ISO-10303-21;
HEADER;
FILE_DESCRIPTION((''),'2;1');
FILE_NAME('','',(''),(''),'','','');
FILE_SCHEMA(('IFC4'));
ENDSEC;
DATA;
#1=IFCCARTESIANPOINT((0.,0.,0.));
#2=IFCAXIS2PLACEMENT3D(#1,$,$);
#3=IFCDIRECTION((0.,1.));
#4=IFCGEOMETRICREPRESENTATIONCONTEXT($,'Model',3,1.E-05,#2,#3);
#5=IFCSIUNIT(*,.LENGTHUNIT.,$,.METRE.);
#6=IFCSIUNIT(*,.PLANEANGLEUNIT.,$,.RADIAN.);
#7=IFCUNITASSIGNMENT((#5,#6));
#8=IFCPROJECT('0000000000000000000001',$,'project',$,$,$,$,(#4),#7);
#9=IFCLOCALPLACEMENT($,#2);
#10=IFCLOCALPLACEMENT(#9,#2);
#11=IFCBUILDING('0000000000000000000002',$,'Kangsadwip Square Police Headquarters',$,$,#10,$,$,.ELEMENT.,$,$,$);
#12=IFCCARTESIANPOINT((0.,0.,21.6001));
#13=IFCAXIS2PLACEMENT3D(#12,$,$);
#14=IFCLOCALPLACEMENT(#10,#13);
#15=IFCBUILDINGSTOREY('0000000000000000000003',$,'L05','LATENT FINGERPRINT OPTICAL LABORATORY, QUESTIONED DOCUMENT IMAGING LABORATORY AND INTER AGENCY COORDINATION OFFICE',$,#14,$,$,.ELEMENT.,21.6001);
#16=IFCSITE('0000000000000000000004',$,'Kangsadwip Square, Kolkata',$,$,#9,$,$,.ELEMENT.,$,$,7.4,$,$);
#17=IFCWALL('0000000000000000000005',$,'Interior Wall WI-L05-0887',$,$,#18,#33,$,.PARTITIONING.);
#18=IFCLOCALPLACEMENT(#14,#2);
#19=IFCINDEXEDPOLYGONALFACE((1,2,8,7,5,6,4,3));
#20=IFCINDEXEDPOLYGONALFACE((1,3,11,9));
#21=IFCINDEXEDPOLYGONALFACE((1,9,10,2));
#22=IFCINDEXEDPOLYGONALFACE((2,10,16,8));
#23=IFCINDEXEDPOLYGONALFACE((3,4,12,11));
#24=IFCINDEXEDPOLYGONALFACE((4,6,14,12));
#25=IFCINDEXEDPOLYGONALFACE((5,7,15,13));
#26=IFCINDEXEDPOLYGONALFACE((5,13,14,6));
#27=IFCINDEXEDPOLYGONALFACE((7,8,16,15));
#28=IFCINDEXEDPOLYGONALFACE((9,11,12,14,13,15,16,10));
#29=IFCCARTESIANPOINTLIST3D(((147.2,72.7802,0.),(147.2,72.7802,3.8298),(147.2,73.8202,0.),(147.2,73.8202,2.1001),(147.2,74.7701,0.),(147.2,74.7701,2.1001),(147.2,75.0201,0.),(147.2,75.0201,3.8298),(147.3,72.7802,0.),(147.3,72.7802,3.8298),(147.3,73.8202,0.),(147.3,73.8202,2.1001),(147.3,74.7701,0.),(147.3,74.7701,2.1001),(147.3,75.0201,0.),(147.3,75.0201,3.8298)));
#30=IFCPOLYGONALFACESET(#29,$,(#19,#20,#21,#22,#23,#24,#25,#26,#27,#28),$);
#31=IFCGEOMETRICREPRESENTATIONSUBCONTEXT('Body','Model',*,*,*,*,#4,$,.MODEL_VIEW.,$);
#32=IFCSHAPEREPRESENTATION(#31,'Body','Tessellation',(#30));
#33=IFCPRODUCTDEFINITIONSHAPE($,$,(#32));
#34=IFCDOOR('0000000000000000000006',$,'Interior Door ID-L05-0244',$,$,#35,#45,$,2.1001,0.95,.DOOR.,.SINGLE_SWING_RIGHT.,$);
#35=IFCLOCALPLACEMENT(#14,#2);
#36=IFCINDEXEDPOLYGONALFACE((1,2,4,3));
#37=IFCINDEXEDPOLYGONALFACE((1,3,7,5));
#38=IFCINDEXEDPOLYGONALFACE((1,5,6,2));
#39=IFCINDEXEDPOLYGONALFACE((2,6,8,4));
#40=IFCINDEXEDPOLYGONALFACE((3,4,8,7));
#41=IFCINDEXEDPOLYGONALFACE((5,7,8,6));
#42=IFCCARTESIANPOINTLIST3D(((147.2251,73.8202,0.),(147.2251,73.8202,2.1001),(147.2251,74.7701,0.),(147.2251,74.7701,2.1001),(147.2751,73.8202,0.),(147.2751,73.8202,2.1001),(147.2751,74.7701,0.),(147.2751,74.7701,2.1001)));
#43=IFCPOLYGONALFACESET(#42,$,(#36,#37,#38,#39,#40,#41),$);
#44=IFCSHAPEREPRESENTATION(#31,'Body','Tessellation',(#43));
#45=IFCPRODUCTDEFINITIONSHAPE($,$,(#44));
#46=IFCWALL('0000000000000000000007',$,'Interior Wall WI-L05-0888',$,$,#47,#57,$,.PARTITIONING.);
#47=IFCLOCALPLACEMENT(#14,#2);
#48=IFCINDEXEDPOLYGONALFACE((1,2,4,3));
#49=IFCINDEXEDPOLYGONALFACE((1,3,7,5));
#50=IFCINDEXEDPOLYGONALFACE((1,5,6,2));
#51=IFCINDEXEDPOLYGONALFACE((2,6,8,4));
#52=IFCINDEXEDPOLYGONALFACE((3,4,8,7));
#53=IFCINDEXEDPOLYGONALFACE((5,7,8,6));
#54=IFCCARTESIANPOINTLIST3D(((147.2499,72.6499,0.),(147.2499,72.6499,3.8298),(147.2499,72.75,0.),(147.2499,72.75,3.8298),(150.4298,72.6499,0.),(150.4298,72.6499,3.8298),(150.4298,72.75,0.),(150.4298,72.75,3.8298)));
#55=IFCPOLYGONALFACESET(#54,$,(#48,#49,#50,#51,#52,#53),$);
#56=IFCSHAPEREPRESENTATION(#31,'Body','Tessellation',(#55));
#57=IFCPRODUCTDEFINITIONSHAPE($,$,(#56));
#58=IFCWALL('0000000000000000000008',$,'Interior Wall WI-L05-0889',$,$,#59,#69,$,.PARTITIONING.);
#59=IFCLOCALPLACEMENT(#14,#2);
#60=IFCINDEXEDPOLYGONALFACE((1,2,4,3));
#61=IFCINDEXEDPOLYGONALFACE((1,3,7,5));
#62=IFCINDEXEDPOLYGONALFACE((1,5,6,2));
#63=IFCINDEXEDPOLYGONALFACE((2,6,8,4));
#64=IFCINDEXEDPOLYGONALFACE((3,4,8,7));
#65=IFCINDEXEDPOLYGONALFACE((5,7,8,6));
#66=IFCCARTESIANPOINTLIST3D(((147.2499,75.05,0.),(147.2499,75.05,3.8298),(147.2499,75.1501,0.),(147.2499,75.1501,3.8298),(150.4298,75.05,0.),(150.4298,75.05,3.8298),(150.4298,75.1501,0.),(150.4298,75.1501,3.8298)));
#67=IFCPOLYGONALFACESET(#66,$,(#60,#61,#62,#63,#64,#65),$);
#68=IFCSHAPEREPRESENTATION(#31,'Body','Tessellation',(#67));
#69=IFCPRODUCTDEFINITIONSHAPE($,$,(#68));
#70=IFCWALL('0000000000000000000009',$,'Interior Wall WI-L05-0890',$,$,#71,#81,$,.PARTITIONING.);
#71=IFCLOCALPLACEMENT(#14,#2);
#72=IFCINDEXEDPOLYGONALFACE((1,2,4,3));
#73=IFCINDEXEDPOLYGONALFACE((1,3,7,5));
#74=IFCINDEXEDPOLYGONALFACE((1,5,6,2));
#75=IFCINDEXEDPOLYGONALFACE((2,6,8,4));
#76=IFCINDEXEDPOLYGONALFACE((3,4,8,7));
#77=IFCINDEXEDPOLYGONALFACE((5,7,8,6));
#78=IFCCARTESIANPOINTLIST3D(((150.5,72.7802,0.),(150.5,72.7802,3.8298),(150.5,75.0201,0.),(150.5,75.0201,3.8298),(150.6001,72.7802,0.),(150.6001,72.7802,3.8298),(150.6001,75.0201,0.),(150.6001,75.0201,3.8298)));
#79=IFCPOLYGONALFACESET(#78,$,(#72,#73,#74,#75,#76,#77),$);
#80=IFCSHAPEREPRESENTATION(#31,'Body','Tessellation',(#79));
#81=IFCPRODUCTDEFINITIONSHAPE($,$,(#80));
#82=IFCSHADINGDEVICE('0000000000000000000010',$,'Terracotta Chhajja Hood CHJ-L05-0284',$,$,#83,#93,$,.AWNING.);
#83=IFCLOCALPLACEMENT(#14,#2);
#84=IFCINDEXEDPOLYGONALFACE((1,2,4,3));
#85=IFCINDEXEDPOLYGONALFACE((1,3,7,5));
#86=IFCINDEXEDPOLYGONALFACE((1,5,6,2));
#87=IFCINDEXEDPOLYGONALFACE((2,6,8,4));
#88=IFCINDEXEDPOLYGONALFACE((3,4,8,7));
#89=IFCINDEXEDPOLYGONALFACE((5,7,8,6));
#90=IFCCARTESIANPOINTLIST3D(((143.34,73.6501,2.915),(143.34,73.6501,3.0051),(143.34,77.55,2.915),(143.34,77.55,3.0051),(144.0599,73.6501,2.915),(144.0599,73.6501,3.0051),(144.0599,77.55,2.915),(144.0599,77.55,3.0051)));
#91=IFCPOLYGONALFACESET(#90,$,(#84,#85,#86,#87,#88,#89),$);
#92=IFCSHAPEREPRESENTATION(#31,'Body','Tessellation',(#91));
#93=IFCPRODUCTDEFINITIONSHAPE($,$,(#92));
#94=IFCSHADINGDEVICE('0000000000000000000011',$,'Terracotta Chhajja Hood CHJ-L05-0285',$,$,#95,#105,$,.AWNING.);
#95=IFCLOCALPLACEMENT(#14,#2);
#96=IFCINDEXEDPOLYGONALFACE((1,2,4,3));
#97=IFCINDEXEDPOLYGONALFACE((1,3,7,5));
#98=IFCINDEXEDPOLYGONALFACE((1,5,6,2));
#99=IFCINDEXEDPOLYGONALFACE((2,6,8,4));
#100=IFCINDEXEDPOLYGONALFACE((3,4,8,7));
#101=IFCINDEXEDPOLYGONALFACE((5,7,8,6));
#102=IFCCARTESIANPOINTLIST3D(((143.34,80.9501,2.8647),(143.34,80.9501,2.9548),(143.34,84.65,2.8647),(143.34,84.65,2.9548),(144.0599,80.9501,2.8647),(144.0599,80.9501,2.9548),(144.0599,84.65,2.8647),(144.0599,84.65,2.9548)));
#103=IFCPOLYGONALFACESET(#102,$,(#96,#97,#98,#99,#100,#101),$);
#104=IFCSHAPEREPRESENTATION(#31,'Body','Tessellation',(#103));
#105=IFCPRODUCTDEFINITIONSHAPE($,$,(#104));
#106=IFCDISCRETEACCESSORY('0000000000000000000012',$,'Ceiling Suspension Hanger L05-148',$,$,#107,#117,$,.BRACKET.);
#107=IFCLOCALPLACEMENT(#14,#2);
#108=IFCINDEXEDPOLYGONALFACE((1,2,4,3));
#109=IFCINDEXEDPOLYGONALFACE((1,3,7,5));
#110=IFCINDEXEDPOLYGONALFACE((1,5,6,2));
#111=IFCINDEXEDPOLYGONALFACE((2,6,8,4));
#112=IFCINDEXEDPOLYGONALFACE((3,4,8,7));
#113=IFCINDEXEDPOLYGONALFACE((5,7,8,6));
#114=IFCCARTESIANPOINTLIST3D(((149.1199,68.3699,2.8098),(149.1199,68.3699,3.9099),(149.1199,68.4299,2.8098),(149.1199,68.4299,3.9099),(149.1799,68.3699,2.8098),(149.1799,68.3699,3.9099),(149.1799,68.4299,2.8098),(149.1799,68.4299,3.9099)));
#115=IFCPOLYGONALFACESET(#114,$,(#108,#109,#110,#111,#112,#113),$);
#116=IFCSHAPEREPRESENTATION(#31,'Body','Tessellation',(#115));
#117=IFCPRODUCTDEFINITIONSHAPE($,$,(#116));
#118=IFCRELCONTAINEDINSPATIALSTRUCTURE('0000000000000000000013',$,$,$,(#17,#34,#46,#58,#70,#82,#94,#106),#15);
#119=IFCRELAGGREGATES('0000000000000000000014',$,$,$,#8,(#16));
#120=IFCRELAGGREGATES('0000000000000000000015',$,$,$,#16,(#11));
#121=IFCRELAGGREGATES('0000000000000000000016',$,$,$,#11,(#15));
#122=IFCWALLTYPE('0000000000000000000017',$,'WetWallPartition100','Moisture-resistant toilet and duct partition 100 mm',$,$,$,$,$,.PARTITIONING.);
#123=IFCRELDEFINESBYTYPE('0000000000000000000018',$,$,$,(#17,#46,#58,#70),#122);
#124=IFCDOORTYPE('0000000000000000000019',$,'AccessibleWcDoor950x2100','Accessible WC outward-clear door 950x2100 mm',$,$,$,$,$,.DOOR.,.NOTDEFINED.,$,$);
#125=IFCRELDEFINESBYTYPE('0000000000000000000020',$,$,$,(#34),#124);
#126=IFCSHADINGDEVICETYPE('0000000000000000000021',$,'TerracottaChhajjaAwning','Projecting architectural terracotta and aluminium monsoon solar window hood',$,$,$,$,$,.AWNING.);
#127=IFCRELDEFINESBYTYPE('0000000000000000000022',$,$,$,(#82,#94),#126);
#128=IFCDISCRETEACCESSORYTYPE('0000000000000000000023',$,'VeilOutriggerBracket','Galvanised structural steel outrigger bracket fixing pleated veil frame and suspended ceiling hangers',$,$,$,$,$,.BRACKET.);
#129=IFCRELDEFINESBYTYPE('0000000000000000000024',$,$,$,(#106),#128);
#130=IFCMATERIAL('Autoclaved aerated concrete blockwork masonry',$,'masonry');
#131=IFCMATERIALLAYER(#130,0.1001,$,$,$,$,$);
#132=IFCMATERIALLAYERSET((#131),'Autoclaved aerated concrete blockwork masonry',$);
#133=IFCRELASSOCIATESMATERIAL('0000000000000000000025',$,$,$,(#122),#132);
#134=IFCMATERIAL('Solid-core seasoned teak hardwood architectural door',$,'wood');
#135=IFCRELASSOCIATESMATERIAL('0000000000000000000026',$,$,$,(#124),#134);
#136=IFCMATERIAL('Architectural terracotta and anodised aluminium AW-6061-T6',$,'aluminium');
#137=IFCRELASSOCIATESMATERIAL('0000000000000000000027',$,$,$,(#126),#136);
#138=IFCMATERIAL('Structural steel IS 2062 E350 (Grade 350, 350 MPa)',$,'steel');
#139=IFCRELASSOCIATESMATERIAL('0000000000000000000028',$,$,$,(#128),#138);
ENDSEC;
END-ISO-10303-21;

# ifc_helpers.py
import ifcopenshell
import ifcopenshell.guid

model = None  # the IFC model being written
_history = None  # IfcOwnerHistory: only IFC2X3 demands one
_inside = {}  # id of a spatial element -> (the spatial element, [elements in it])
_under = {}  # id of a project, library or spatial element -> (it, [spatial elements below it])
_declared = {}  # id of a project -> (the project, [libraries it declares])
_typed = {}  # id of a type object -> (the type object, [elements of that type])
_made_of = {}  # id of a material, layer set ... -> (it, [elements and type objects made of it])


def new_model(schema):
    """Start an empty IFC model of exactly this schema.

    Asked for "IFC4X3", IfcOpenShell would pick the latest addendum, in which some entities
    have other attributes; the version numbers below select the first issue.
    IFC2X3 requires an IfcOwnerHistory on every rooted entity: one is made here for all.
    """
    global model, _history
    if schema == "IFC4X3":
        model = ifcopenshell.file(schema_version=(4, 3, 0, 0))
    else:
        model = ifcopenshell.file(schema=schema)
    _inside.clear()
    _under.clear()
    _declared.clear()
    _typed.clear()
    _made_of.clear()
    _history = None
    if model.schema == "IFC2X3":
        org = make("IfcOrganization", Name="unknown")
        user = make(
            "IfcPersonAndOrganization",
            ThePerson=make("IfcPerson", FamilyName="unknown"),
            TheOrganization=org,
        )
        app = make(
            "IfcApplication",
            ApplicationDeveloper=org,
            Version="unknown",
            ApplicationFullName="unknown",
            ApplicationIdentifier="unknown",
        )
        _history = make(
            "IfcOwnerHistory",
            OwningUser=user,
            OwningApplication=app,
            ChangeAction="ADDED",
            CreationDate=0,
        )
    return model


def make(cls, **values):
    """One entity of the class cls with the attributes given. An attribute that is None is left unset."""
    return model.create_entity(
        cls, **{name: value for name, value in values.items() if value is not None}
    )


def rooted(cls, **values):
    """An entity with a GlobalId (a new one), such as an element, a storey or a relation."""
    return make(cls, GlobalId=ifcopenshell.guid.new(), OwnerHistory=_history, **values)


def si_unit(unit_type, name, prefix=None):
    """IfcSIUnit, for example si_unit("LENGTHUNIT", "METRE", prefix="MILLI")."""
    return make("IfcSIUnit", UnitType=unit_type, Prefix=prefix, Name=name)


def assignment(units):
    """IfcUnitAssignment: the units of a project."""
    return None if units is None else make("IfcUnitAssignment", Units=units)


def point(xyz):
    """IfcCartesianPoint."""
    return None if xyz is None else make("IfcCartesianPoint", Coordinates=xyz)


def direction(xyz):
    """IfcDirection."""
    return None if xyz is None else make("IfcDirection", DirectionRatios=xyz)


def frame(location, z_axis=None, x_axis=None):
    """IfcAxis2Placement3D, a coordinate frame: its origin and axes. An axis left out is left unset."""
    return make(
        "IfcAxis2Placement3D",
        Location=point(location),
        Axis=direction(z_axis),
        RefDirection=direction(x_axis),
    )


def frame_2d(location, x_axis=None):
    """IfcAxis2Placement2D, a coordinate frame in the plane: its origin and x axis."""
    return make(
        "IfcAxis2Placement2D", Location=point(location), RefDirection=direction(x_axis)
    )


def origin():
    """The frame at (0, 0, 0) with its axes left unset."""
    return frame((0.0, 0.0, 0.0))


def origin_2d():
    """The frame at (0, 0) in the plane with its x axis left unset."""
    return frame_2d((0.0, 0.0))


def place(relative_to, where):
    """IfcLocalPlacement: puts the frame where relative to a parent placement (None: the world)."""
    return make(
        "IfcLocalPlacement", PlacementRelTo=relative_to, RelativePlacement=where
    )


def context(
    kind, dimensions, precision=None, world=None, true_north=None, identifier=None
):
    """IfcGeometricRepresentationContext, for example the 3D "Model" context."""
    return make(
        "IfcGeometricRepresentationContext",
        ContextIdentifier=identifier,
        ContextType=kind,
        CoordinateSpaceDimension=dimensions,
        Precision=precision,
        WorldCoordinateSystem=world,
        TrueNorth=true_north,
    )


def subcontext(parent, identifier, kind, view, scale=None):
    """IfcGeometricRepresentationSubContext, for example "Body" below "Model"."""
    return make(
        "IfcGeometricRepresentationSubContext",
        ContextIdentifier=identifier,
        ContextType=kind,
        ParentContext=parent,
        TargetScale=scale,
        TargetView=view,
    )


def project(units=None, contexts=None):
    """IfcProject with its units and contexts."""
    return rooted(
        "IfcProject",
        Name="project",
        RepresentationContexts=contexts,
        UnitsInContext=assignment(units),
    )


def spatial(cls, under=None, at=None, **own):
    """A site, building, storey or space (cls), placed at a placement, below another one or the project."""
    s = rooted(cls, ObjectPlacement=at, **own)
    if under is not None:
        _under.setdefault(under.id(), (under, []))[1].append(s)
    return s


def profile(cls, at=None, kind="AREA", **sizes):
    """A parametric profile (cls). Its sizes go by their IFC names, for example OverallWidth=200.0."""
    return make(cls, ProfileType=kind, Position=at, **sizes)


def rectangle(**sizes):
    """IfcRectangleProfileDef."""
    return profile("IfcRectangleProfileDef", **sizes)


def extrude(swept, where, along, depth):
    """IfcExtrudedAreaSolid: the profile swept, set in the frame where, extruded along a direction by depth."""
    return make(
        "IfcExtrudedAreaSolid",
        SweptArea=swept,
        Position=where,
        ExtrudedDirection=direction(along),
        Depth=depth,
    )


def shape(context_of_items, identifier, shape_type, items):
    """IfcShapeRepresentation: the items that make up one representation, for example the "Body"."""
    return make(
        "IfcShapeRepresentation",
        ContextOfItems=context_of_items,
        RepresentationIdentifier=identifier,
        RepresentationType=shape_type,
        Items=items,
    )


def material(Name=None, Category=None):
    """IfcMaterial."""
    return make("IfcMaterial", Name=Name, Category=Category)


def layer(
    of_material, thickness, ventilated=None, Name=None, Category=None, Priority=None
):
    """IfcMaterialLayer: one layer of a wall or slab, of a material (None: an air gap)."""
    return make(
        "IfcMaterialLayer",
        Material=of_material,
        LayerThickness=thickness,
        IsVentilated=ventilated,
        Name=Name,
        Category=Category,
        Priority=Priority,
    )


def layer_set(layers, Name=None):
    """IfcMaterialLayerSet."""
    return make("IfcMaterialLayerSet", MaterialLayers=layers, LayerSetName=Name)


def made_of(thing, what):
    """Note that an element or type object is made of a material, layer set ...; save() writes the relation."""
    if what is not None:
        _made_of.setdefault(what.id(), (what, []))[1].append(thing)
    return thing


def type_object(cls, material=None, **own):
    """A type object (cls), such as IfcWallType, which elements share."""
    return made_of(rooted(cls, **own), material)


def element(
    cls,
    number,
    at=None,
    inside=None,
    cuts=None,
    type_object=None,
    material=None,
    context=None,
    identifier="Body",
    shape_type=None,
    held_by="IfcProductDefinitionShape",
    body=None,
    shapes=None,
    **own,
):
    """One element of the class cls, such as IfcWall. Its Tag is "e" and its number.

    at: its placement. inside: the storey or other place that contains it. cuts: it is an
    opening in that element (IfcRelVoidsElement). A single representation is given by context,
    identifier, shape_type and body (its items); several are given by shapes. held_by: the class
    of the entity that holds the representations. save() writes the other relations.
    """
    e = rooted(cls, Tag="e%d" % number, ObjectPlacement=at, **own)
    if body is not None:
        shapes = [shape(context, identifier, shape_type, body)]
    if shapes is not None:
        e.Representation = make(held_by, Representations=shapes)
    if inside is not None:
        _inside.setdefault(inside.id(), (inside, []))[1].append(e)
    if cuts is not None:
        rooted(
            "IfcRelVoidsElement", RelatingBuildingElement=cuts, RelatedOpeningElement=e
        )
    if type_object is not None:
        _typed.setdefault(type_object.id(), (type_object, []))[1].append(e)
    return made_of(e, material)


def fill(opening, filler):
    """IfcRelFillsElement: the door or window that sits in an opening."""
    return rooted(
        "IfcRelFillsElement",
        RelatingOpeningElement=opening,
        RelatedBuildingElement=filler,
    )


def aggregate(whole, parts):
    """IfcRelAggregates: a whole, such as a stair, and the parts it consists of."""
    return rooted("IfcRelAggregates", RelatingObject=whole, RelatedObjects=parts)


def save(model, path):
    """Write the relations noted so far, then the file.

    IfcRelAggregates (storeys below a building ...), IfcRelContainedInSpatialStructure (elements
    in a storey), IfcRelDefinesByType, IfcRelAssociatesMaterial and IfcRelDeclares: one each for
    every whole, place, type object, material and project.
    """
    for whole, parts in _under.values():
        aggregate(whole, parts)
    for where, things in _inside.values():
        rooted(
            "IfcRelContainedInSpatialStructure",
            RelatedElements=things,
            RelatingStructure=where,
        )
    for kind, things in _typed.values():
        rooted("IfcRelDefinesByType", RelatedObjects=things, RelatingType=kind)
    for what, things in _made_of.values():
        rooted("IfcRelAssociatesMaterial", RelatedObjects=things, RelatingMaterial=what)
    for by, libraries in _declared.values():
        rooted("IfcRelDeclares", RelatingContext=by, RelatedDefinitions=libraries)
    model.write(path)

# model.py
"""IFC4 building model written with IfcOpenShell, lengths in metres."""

from ifc_helpers import new_model, si_unit, direction, frame, frame_2d, origin, origin_2d, place, context, subcontext, project, spatial, rectangle, extrude, material, layer, layer_set, type_object, element, fill, save


model = new_model("IFC4")

# Units and contexts
model_context = context("Model", 3, precision=1e-05, world=origin(), true_north=direction((0.0, 1.0)))
body_context = subcontext(model_context, "Body", "Model", "MODEL_VIEW")
ifc_project = project(units=[si_unit("LENGTHUNIT", "METRE"), si_unit("PLANEANGLEUNIT", "RADIAN")], contexts=[model_context])

# Site, building, storey
site_placement = place(None, origin())
site = spatial("IfcSite", under=ifc_project, at=site_placement, Name="Kangsadwip Square, Kolkata", CompositionType="ELEMENT", RefElevation=7.4)
building_placement = place(site_placement, origin())
building = spatial("IfcBuilding", under=site, at=building_placement, Name="Kangsadwip Square Police Headquarters", CompositionType="ELEMENT")
storey_placement = place(building_placement, frame((0.0, 0.0, 21.6001)))
storey = spatial("IfcBuildingStorey", under=building, at=storey_placement, Name="L05", Description="LATENT FINGERPRINT OPTICAL LABORATORY, QUESTIONED DOCUMENT IMAGING LABORATORY AND INTER AGENCY COORDINATION OFFICE", CompositionType="ELEMENT", Elevation=21.6001)

# Wall, opening, door
ifc_material_1 = material(Name="Autoclaved aerated concrete blockwork masonry", Category="masonry")
ifc_layer_1 = layer(ifc_material_1, 0.1001)
ifc_layer_set_1 = layer_set([ifc_layer_1], Name="Autoclaved aerated concrete blockwork masonry")
wall_type_1 = type_object("IfcWallType", Name="WetWallPartition100", Description="Moisture-resistant toilet and duct partition 100 mm", PredefinedType="PARTITIONING", material=ifc_layer_set_1)
wall_1_placement = place(storey_placement, frame((147.25, 72.78, 0.0), z_axis=(0.0, 0.0, 1.0), x_axis=(0.0, 1.0, 0.0)))
wall_1 = element("IfcWall", 1, at=wall_1_placement, inside=storey, type_object=wall_type_1, Name="Interior Wall WI-L05-0887", PredefinedType="PARTITIONING", context=body_context, shape_type="SweptSolid", body=[
    extrude(rectangle(XDim=2.24, YDim=0.1001, at=frame_2d((1.1201, 0.0))), origin(), (0.0, 0.0, 1.0), 3.8298),
])
opening_1_placement = place(wall_1_placement, frame((1.04, 0.0, 0.0)))
opening_1 = element("IfcOpeningElement", 2, at=opening_1_placement, cuts=wall_1, PredefinedType="OPENING", context=body_context, shape_type="SweptSolid", body=[
    extrude(rectangle(XDim=0.95, YDim=2.1001, at=frame_2d((0.4751, 1.05))), frame((0.0, 0.0601, 0.0), z_axis=(0.0, -1.0, 0.0), x_axis=(1.0, 0.0, 0.0)), (0.0, 0.0, 1.0), 0.1201),
])
ifc_material_2 = material(Name="Solid-core seasoned teak hardwood architectural door", Category="wood")
door_type_1 = type_object("IfcDoorType", Name="AccessibleWcDoor950x2100", Description="Accessible WC outward-clear door 950x2100 mm", OperationType="NOTDEFINED", PredefinedType="DOOR", material=ifc_material_2)
door_1_placement = place(opening_1_placement, origin())
door_1 = element("IfcDoor", 3, at=door_1_placement, inside=storey, type_object=door_type_1, Name="Interior Door ID-L05-0244", OperationType="SINGLE_SWING_RIGHT", OverallHeight=2.1001, OverallWidth=0.95, PredefinedType="DOOR", context=body_context, shape_type="SweptSolid", body=[
    extrude(rectangle(XDim=0.95, YDim=2.1001, at=frame_2d((0.4751, 1.05))), frame((0.0, 0.0249, 0.0), z_axis=(0.0, -1.0, 0.0), x_axis=(1.0, 0.0, 0.0)), (0.0, 0.0, 1.0), 0.05),
])
fill(opening_1, door_1)

# Walls
for number, where, z_axis, x_axis, name in (
    (4, (147.25, 72.7, 0.0), (0.0, 0.0, 1.0), (1.0, 0.0, 0.0), "Interior Wall WI-L05-0888"),
    (5, (147.25, 75.1001, 0.0), (0.0, 0.0, 1.0), (1.0, 0.0, 0.0), "Interior Wall WI-L05-0889"),
):
    element("IfcWall", number, at=place(storey_placement, frame(where, z_axis=z_axis, x_axis=x_axis)), inside=storey, type_object=wall_type_1, Name=name, PredefinedType="PARTITIONING", context=body_context, shape_type="SweptSolid", body=[
        extrude(rectangle(XDim=3.1799, YDim=0.1001, at=frame_2d((1.5898, 0.0))), origin(), (0.0, 0.0, 1.0), 3.8298),
    ])
wall_2_placement = place(storey_placement, frame((150.55, 72.78, 0.0), z_axis=(0.0, 0.0, 1.0), x_axis=(0.0, 1.0, 0.0)))
element("IfcWall", 6, at=wall_2_placement, inside=storey, type_object=wall_type_1, Name="Interior Wall WI-L05-0890", PredefinedType="PARTITIONING", context=body_context, shape_type="SweptSolid", body=[
    extrude(rectangle(XDim=2.24, YDim=0.1001, at=frame_2d((1.1201, 0.0))), origin(), (0.0, 0.0, 1.0), 3.8298),
])

# Shading devices
ifc_material_3 = material(Name="Architectural terracotta and anodised aluminium AW-6061-T6", Category="aluminium")
shading_device_type = type_object("IfcShadingDeviceType", Name="TerracottaChhajjaAwning", Description="Projecting architectural terracotta and aluminium monsoon solar window hood", PredefinedType="AWNING", material=ifc_material_3)
shading_device_1_placement = place(storey_placement, frame((143.7, 75.6001, 2.915), z_axis=(0.0, 0.0, 1.0), x_axis=(0.0, 1.0, 0.0)))
element("IfcShadingDevice", 7, at=shading_device_1_placement, inside=storey, type_object=shading_device_type, Name="Terracotta Chhajja Hood CHJ-L05-0284", PredefinedType="AWNING", context=body_context, shape_type="SweptSolid", body=[
    extrude(rectangle(XDim=3.8999, YDim=0.72, at=origin_2d()), origin(), (0.0, 0.0, 1.0), 0.0901),
])
shading_device_2_placement = place(storey_placement, frame((143.7, 82.8, 2.8647), z_axis=(0.0, 0.0, 1.0), x_axis=(0.0, 1.0, 0.0)))
element("IfcShadingDevice", 8, at=shading_device_2_placement, inside=storey, type_object=shading_device_type, Name="Terracotta Chhajja Hood CHJ-L05-0285", PredefinedType="AWNING", context=body_context, shape_type="SweptSolid", body=[
    extrude(rectangle(XDim=3.7, YDim=0.72, at=origin_2d()), origin(), (0.0, 0.0, 1.0), 0.0901),
])

# Discrete accessory
ifc_material_4 = material(Name="Structural steel IS 2062 E350 (Grade 350, 350 MPa)", Category="steel")
discrete_accessory_type = type_object("IfcDiscreteAccessoryType", Name="VeilOutriggerBracket", Description="Galvanised structural steel outrigger bracket fixing pleated veil frame and suspended ceiling hangers", PredefinedType="BRACKET", material=ifc_material_4)
discrete_accessory_placement = place(storey_placement, frame((149.1499, 68.3999, 2.8098), z_axis=(0.0, 0.0, 1.0), x_axis=(1.0, 0.0, 0.0)))
element("IfcDiscreteAccessory", 9, at=discrete_accessory_placement, inside=storey, type_object=discrete_accessory_type, Name="Ceiling Suspension Hanger L05-148", PredefinedType="BRACKET", context=body_context, shape_type="SweptSolid", body=[
    extrude(rectangle(XDim=0.0601, YDim=0.0601, at=origin_2d()), origin(), (0.0, 0.0, 1.0), 1.1001),
])

save(model, "model.ifc")
